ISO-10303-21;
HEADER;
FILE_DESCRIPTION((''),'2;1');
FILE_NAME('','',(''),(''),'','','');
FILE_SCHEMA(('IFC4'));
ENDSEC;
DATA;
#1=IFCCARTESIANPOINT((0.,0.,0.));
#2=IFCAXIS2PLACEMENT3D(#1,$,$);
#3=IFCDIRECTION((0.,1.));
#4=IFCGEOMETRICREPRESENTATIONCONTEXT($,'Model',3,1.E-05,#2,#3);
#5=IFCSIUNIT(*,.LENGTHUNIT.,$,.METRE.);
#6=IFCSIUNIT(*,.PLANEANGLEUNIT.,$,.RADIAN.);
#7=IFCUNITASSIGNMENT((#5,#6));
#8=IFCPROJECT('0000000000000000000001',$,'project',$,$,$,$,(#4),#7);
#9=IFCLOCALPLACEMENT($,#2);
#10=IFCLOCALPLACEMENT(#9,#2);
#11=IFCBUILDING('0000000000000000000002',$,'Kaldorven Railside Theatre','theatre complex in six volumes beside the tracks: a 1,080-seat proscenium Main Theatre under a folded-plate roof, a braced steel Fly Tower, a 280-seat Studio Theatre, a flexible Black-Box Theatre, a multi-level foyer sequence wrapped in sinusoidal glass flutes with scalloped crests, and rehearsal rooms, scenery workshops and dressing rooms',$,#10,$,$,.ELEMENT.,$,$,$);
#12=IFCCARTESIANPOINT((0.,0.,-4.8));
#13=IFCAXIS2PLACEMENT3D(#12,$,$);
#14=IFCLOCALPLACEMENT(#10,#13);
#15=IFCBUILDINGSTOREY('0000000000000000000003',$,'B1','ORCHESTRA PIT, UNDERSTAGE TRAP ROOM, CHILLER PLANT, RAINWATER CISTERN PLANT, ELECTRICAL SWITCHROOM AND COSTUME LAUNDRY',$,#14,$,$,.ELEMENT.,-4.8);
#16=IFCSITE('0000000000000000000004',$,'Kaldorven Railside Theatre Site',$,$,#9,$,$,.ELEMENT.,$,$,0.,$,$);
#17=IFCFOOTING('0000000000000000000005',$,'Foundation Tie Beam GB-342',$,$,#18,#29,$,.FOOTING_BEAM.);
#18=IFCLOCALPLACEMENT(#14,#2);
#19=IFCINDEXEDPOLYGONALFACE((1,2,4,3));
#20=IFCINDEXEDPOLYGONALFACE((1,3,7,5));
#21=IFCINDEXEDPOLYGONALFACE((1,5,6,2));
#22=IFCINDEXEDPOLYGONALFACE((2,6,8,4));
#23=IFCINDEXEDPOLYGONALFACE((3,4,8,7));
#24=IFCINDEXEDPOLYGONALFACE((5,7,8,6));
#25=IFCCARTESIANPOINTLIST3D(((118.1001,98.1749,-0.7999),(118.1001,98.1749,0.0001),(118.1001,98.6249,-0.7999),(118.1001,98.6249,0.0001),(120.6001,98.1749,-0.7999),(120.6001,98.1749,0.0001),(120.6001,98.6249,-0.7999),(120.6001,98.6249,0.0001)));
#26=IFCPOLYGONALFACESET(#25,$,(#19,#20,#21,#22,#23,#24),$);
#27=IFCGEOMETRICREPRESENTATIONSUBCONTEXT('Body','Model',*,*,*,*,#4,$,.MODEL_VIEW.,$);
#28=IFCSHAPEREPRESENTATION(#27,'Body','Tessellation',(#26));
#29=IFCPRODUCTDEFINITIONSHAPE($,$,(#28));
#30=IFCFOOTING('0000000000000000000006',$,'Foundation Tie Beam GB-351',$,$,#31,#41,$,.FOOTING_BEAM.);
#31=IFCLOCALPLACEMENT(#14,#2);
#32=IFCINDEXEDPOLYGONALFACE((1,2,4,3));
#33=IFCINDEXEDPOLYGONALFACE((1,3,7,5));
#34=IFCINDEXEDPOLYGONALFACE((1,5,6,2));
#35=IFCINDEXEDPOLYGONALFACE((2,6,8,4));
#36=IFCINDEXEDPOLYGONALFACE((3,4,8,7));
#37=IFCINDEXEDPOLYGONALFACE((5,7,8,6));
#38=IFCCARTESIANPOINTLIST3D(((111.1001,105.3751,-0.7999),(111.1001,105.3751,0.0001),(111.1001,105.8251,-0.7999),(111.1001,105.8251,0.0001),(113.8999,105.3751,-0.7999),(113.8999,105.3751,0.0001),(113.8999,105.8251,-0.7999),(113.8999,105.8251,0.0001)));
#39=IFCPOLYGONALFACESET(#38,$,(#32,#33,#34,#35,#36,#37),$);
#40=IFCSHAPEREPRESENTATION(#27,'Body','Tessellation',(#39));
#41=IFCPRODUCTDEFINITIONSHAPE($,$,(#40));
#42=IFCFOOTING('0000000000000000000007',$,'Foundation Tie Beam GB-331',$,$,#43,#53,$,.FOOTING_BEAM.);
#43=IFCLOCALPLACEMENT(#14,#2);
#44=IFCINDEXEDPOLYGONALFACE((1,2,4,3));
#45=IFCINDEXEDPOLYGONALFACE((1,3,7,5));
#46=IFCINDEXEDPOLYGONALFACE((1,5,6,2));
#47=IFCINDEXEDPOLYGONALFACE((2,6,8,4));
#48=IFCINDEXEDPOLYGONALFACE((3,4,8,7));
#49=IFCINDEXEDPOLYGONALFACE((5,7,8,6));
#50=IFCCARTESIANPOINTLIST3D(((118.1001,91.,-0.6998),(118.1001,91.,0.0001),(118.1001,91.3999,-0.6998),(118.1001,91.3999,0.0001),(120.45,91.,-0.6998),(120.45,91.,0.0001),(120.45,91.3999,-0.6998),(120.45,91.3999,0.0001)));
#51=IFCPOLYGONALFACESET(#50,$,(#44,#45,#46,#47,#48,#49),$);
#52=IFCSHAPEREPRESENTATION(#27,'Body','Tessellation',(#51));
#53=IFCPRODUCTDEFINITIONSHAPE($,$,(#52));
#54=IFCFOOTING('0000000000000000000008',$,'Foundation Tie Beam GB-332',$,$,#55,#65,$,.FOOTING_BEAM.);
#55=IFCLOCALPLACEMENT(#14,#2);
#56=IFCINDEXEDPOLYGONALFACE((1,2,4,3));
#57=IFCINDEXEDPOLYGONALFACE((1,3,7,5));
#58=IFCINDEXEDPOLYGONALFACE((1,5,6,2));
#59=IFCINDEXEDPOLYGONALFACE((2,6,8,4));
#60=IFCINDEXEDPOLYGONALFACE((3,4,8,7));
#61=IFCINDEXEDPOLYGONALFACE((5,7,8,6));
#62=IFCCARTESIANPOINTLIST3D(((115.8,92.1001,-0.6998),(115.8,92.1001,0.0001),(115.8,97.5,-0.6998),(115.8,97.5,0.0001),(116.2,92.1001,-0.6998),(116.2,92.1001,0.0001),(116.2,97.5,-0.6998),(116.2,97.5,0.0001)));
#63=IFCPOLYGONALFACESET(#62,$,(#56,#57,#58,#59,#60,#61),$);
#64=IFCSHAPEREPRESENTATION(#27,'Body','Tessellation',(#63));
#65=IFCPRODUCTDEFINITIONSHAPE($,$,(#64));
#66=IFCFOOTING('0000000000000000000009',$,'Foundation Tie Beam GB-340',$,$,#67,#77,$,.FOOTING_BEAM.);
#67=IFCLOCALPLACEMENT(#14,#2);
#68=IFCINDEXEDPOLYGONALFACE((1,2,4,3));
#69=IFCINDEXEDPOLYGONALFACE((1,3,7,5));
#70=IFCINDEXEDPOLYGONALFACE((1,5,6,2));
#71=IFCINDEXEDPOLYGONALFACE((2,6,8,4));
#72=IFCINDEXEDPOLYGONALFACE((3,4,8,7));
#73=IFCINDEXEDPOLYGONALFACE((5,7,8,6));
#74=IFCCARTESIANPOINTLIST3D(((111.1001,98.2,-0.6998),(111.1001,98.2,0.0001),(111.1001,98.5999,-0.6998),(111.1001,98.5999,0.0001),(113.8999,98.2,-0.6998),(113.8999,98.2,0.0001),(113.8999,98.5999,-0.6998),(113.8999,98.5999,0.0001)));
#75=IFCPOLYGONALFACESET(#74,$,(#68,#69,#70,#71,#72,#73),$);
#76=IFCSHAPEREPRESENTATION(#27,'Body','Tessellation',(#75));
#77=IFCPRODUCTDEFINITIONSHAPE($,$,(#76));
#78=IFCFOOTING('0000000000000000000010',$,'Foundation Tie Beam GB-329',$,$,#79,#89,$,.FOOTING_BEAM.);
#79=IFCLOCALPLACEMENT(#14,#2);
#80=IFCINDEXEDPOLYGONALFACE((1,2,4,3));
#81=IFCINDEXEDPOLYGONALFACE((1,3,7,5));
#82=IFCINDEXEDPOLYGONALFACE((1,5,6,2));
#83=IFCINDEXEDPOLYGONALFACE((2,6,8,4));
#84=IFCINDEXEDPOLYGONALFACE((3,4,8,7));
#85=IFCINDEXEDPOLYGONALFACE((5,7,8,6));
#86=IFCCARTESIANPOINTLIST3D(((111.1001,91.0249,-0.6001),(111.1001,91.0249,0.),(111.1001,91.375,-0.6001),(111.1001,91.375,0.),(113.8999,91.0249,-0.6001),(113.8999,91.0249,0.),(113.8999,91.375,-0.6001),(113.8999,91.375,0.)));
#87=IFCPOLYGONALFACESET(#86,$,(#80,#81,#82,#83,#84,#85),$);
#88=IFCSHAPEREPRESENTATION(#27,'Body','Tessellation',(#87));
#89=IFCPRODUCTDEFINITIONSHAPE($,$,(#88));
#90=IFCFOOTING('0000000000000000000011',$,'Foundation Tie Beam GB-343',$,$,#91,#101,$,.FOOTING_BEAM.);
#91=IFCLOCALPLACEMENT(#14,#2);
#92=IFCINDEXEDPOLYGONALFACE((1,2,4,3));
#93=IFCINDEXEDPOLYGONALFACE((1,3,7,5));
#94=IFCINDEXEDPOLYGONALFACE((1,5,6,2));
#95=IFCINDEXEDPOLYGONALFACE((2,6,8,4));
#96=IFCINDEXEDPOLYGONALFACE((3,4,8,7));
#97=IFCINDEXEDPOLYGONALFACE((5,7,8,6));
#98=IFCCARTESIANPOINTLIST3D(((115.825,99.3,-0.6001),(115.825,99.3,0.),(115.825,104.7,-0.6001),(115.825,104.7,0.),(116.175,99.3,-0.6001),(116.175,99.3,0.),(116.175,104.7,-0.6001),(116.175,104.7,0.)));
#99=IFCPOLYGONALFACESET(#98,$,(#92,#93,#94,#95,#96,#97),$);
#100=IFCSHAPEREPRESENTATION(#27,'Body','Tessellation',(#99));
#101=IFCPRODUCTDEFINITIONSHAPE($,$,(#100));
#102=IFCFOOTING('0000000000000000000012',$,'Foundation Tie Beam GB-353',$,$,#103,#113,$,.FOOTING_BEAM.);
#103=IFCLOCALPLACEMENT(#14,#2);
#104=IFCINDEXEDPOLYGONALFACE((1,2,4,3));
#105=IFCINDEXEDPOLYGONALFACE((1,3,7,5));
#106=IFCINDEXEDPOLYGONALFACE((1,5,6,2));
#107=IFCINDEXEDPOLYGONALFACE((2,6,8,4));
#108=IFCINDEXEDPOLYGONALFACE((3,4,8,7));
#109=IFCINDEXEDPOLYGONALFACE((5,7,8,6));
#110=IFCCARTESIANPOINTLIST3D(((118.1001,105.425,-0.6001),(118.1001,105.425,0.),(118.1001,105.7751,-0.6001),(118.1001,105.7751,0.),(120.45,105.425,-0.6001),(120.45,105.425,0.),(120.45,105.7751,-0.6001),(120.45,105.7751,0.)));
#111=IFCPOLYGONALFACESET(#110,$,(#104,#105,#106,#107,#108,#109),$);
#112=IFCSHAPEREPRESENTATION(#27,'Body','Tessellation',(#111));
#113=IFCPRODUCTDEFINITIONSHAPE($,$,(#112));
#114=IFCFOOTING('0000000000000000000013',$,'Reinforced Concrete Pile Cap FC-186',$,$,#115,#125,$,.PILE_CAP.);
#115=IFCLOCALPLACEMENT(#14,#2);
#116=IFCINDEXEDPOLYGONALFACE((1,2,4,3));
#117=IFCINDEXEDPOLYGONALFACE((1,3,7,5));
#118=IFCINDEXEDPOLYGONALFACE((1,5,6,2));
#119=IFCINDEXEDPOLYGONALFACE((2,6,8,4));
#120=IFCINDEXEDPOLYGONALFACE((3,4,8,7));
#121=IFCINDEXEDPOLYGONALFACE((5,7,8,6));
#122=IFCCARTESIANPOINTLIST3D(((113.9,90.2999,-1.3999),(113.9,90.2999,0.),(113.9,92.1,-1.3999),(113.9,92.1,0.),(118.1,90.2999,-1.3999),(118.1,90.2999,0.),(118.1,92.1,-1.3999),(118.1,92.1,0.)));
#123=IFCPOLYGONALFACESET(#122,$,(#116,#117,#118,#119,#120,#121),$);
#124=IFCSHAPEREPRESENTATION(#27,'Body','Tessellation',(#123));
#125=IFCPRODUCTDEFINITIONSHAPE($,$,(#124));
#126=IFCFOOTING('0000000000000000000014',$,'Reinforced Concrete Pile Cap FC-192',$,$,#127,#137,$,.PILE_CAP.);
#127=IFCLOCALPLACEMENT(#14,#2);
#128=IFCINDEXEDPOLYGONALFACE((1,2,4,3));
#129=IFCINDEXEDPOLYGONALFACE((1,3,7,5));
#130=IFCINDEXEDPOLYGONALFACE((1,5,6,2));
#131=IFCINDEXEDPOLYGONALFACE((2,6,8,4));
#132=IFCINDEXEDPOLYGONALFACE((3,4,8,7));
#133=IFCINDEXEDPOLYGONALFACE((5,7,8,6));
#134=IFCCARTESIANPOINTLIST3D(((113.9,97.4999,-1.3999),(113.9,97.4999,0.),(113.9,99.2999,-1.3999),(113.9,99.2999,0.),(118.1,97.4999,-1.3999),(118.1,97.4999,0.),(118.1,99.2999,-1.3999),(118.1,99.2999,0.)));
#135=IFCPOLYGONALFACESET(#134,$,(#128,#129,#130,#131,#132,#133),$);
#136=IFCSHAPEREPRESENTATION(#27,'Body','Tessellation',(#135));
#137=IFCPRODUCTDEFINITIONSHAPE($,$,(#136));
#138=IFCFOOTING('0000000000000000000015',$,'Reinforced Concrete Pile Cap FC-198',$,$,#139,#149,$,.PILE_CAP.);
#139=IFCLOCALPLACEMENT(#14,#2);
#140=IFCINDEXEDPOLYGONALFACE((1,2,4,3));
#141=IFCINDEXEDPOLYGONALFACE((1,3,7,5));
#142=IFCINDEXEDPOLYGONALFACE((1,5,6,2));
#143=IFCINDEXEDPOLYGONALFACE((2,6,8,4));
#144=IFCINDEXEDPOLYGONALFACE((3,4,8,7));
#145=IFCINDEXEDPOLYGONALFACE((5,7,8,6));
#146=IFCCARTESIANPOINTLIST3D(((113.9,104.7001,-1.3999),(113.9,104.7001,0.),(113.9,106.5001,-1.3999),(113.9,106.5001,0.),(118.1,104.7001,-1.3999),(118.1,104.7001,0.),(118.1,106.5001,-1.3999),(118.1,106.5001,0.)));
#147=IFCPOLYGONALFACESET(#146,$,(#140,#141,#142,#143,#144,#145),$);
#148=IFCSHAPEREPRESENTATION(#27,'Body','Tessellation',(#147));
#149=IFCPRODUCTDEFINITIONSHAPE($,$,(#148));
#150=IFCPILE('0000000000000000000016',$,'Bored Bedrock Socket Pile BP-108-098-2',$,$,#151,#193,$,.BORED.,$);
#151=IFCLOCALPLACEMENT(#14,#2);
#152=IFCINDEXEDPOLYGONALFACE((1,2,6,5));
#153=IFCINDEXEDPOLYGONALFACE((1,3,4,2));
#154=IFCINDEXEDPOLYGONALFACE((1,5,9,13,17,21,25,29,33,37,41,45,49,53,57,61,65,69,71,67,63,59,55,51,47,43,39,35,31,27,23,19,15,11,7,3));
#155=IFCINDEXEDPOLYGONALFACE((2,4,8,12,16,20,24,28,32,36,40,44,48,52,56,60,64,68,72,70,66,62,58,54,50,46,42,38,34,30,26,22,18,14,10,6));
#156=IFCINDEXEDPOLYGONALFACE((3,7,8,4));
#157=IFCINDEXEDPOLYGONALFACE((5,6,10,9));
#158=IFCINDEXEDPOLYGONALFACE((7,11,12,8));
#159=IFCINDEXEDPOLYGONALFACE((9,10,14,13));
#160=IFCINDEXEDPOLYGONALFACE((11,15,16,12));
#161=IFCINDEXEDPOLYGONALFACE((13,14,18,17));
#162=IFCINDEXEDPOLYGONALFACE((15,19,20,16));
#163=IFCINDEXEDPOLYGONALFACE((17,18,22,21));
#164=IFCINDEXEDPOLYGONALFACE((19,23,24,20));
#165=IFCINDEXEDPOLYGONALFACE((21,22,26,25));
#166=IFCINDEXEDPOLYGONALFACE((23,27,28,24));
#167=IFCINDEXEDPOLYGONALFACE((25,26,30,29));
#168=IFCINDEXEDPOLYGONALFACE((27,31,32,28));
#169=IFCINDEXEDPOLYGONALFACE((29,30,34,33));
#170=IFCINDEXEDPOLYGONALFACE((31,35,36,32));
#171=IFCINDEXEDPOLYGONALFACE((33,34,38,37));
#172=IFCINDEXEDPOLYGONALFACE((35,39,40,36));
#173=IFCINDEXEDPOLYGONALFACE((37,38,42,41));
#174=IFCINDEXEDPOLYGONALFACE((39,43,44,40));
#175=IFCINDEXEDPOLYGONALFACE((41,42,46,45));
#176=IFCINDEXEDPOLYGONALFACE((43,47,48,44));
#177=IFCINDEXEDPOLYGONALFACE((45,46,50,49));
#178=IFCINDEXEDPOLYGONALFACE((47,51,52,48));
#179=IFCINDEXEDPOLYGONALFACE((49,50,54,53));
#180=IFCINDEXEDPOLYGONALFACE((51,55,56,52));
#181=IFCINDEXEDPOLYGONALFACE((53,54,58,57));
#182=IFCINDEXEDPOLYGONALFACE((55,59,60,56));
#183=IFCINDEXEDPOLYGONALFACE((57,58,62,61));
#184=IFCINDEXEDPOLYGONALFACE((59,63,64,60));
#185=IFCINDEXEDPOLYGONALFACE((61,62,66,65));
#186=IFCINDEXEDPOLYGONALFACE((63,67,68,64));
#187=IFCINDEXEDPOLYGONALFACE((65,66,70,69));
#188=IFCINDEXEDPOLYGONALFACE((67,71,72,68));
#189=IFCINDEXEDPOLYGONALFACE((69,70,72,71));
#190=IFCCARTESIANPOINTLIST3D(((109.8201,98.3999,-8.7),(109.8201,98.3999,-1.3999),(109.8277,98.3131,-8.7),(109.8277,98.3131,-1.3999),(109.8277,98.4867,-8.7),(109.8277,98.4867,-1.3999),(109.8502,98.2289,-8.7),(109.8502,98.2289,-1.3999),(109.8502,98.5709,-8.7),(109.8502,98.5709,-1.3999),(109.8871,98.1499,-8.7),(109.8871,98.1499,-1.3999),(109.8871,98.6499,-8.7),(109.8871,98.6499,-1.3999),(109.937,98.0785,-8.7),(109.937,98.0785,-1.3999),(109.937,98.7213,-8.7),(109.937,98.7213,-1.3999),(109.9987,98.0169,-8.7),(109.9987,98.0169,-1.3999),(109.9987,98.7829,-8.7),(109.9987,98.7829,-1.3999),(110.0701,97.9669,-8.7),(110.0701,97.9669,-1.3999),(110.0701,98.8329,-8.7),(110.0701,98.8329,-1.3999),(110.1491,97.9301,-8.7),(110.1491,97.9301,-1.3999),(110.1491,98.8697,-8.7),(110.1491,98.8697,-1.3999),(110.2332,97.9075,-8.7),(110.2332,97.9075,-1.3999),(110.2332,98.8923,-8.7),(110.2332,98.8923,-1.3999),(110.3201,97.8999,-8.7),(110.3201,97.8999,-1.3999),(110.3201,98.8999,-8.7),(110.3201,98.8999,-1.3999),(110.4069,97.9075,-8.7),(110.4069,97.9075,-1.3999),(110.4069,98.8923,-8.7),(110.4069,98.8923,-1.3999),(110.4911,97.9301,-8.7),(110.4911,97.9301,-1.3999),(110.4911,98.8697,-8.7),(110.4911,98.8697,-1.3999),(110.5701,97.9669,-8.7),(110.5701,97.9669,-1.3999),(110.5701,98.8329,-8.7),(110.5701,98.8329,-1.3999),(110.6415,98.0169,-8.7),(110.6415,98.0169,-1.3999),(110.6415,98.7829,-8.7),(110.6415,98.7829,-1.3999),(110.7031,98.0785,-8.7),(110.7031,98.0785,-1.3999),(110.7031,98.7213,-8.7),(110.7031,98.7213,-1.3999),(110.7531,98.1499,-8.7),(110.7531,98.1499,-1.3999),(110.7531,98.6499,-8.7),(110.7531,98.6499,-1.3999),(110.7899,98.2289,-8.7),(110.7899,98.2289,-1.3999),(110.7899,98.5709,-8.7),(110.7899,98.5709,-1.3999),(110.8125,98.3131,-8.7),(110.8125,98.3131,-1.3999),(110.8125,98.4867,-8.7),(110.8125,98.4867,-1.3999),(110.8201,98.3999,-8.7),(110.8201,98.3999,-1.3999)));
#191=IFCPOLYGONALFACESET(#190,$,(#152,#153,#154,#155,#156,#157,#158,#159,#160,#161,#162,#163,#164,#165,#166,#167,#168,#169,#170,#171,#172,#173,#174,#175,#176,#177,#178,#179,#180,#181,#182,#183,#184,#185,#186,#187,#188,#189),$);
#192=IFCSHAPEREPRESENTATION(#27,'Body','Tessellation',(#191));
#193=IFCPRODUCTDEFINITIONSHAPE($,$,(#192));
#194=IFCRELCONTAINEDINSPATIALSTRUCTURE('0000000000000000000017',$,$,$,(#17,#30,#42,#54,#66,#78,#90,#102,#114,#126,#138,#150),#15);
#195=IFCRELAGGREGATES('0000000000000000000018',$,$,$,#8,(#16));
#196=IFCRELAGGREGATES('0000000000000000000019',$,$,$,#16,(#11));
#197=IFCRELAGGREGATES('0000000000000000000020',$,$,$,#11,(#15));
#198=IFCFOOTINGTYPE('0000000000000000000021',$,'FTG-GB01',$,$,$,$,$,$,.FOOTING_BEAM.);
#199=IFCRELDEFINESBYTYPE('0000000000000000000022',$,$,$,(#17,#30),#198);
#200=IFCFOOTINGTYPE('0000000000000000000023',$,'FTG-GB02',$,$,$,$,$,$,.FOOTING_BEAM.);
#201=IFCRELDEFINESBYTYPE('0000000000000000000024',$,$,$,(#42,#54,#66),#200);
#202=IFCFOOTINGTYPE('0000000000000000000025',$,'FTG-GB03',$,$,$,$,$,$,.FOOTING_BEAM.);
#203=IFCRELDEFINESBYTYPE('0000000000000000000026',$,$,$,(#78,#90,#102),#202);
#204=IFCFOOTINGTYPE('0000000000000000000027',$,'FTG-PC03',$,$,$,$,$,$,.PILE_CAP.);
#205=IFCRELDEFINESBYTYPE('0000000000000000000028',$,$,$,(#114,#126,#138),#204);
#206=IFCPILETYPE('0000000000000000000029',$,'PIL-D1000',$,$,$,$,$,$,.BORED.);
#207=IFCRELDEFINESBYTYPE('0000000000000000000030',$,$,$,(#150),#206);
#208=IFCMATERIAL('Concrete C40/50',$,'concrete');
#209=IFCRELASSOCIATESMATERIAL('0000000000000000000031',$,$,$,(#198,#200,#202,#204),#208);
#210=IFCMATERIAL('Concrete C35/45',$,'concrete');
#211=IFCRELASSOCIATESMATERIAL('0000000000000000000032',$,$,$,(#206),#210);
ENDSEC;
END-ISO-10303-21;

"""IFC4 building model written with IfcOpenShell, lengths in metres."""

from ifc_helpers import new_model, si_unit, direction, frame, origin, origin_2d, place, context, subcontext, project, spatial, rectangle, circle, extrude, material, material_profile, profile_set, type_object, element, save


model = new_model("IFC4")

# Units and contexts
model_context = context("Model", 3, precision=1e-05, world=origin(), true_north=direction((0.0, 1.0)))
body_context = subcontext(model_context, "Body", "Model", "MODEL_VIEW")
ifc_project = project(units=[si_unit("LENGTHUNIT", "METRE"), si_unit("PLANEANGLEUNIT", "RADIAN")], contexts=[model_context])

# Site, building, storey
site_placement = place(None, origin())
site = spatial("IfcSite", under=ifc_project, at=site_placement, Name="Kaldorven Railside Theatre Site", CompositionType="ELEMENT", RefElevation=0.0)
building_placement = place(site_placement, origin())
building = spatial("IfcBuilding", under=site, at=building_placement, Name="Kaldorven Railside Theatre", Description="theatre complex in six volumes beside the tracks: a 1,080-seat proscenium Main Theatre under a folded-plate roof, a braced steel Fly Tower, a 280-seat Studio Theatre, a flexible Black-Box Theatre, a multi-level foyer sequence wrapped in sinusoidal glass flutes with scalloped crests, and rehearsal rooms, scenery workshops and dressing rooms", CompositionType="ELEMENT")
storey_placement = place(building_placement, frame((0.0, 0.0, -4.8)))
storey = spatial("IfcBuildingStorey", under=building, at=storey_placement, Name="B1", Description="ORCHESTRA PIT, UNDERSTAGE TRAP ROOM, CHILLER PLANT, RAINWATER CISTERN PLANT, ELECTRICAL SWITCHROOM AND COSTUME LAUNDRY", CompositionType="ELEMENT", Elevation=-4.8)

# Footings
ifc_material_1 = material(Name="Concrete C40/50", Category="concrete")
ifc_material_profile_1 = material_profile(ifc_material_1, rectangle(XDim=0.45, YDim=0.8, at=origin_2d()), Name="RC 450x800")
ifc_profile_set_1 = profile_set([ifc_material_profile_1], Name="Concrete C40/50")
footing_type_1 = type_object("IfcFootingType", Name="FTG-GB01", PredefinedType="FOOTING_BEAM", material=ifc_profile_set_1)
footing_1_placement = place(storey_placement, frame((118.1001, 98.3999, -0.3999), z_axis=(1.0, 0.0, 0.0), x_axis=(0.0, 1.0, 0.0)))
element("IfcFooting", 1, at=footing_1_placement, inside=storey, type_object=footing_type_1, Name="Foundation Tie Beam GB-342", PredefinedType="FOOTING_BEAM", context=body_context, shape_type="SweptSolid", body=[
    extrude(rectangle(XDim=0.45, YDim=0.8, at=origin_2d()), origin(), (0.0, 0.0, 1.0), 2.5),
])
footing_2_placement = place(storey_placement, frame((111.1001, 105.6001, -0.3999), z_axis=(1.0, 0.0, 0.0), x_axis=(0.0, 1.0, 0.0)))
element("IfcFooting", 2, at=footing_2_placement, inside=storey, type_object=footing_type_1, Name="Foundation Tie Beam GB-351", PredefinedType="FOOTING_BEAM", context=body_context, shape_type="SweptSolid", body=[
    extrude(rectangle(XDim=0.45, YDim=0.8, at=origin_2d()), origin(), (0.0, 0.0, 1.0), 2.7998),
])
ifc_material_profile_2 = material_profile(ifc_material_1, rectangle(XDim=0.3999, YDim=0.7, at=origin_2d()), Name="RC 400x700")
ifc_profile_set_2 = profile_set([ifc_material_profile_2], Name="Concrete C40/50")
footing_type_2 = type_object("IfcFootingType", Name="FTG-GB02", PredefinedType="FOOTING_BEAM", material=ifc_profile_set_2)
footing_3_placement = place(storey_placement, frame((118.1001, 91.2, -0.3499), z_axis=(1.0, 0.0, 0.0), x_axis=(0.0, 1.0, 0.0)))
element("IfcFooting", 3, at=footing_3_placement, inside=storey, type_object=footing_type_2, Name="Foundation Tie Beam GB-331", PredefinedType="FOOTING_BEAM", context=body_context, shape_type="SweptSolid", body=[
    extrude(rectangle(XDim=0.3999, YDim=0.7, at=origin_2d()), origin(), (0.0, 0.0, 1.0), 2.3499),
])
footing_4_placement = place(storey_placement, frame((116.0, 92.1001, -0.3499), z_axis=(0.0, 1.0, 0.0), x_axis=(-1.0, 0.0, 0.0)))
element("IfcFooting", 4, at=footing_4_placement, inside=storey, type_object=footing_type_2, Name="Foundation Tie Beam GB-332", PredefinedType="FOOTING_BEAM", context=body_context, shape_type="SweptSolid", body=[
    extrude(rectangle(XDim=0.3999, YDim=0.7, at=origin_2d()), origin(), (0.0, 0.0, 1.0), 5.3999),
])
footing_5_placement = place(storey_placement, frame((111.1001, 98.3999, -0.3499), z_axis=(1.0, 0.0, 0.0), x_axis=(0.0, 1.0, 0.0)))
element("IfcFooting", 5, at=footing_5_placement, inside=storey, type_object=footing_type_2, Name="Foundation Tie Beam GB-340", PredefinedType="FOOTING_BEAM", context=body_context, shape_type="SweptSolid", body=[
    extrude(rectangle(XDim=0.3999, YDim=0.7, at=origin_2d()), origin(), (0.0, 0.0, 1.0), 2.7998),
])
ifc_material_profile_3 = material_profile(ifc_material_1, rectangle(XDim=0.3501, YDim=0.6001, at=origin_2d()), Name="RC 350x600")
ifc_profile_set_3 = profile_set([ifc_material_profile_3], Name="Concrete C40/50")
footing_type_3 = type_object("IfcFootingType", Name="FTG-GB03", PredefinedType="FOOTING_BEAM", material=ifc_profile_set_3)
footing_6_placement = place(storey_placement, frame((111.1001, 91.2, -0.3), z_axis=(1.0, 0.0, 0.0), x_axis=(0.0, 1.0, 0.0)))
element("IfcFooting", 6, at=footing_6_placement, inside=storey, type_object=footing_type_3, Name="Foundation Tie Beam GB-329", PredefinedType="FOOTING_BEAM", context=body_context, shape_type="SweptSolid", body=[
    extrude(rectangle(XDim=0.3501, YDim=0.6001, at=origin_2d()), origin(), (0.0, 0.0, 1.0), 2.7998),
])
footing_7_placement = place(storey_placement, frame((116.0, 99.3, -0.3), z_axis=(0.0, 1.0, 0.0), x_axis=(-1.0, 0.0, 0.0)))
element("IfcFooting", 7, at=footing_7_placement, inside=storey, type_object=footing_type_3, Name="Foundation Tie Beam GB-343", PredefinedType="FOOTING_BEAM", context=body_context, shape_type="SweptSolid", body=[
    extrude(rectangle(XDim=0.3501, YDim=0.6001, at=origin_2d()), origin(), (0.0, 0.0, 1.0), 5.3999),
])
footing_8_placement = place(storey_placement, frame((118.1001, 105.6001, -0.3), z_axis=(1.0, 0.0, 0.0), x_axis=(0.0, 1.0, 0.0)))
element("IfcFooting", 8, at=footing_8_placement, inside=storey, type_object=footing_type_3, Name="Foundation Tie Beam GB-353", PredefinedType="FOOTING_BEAM", context=body_context, shape_type="SweptSolid", body=[
    extrude(rectangle(XDim=0.3501, YDim=0.6001, at=origin_2d()), origin(), (0.0, 0.0, 1.0), 2.3499),
])
footing_type_4 = type_object("IfcFootingType", Name="FTG-PC03", PredefinedType="PILE_CAP", material=ifc_material_1)
for number, where, z_axis, x_axis, name in (
    (9, (116.0, 91.2, -1.3999), (0.0, 0.0, 1.0), (1.0, 0.0, 0.0), "Reinforced Concrete Pile Cap FC-186"),
    (10, (116.0, 98.3999, -1.3999), (0.0, 0.0, 1.0), (1.0, 0.0, 0.0), "Reinforced Concrete Pile Cap FC-192"),
    (11, (116.0, 105.6001, -1.3999), (0.0, 0.0, 1.0), (1.0, 0.0, 0.0), "Reinforced Concrete Pile Cap FC-198"),
):
    element("IfcFooting", number, at=place(storey_placement, frame(where, z_axis=z_axis, x_axis=x_axis)), inside=storey, type_object=footing_type_4, Name=name, PredefinedType="PILE_CAP", context=body_context, shape_type="SweptSolid", body=[
        extrude(rectangle(XDim=4.2, YDim=1.8, at=origin_2d()), origin(), (0.0, 0.0, 1.0), 1.3999),
    ])

# Pile
ifc_material_2 = material(Name="Concrete C35/45", Category="concrete")
ifc_material_profile_4 = material_profile(ifc_material_2, circle(Radius=0.5, at=origin_2d()), Name="BP D1000")
ifc_profile_set_4 = profile_set([ifc_material_profile_4], Name="Concrete C35/45")
pile_type_1 = type_object("IfcPileType", Name="PIL-D1000", PredefinedType="BORED", material=ifc_profile_set_4)
for number, where, z_axis, x_axis, name in (
    (12, (110.3201, 98.3999, -1.3999), (0.0, 0.0, -1.0), (1.0, 0.0, 0.0), "Bored Bedrock Socket Pile BP-108-098-2"),
):
    element("IfcPile", number, at=place(storey_placement, frame(where, z_axis=z_axis, x_axis=x_axis)), inside=storey, type_object=pile_type_1, Name=name, PredefinedType="BORED", context=body_context, shape_type="SweptSolid", body=[
        extrude(circle(Radius=0.5, at=origin_2d()), origin(), (0.0, 0.0, 1.0), 7.3),
    ])

save(model, "model.ifc")
